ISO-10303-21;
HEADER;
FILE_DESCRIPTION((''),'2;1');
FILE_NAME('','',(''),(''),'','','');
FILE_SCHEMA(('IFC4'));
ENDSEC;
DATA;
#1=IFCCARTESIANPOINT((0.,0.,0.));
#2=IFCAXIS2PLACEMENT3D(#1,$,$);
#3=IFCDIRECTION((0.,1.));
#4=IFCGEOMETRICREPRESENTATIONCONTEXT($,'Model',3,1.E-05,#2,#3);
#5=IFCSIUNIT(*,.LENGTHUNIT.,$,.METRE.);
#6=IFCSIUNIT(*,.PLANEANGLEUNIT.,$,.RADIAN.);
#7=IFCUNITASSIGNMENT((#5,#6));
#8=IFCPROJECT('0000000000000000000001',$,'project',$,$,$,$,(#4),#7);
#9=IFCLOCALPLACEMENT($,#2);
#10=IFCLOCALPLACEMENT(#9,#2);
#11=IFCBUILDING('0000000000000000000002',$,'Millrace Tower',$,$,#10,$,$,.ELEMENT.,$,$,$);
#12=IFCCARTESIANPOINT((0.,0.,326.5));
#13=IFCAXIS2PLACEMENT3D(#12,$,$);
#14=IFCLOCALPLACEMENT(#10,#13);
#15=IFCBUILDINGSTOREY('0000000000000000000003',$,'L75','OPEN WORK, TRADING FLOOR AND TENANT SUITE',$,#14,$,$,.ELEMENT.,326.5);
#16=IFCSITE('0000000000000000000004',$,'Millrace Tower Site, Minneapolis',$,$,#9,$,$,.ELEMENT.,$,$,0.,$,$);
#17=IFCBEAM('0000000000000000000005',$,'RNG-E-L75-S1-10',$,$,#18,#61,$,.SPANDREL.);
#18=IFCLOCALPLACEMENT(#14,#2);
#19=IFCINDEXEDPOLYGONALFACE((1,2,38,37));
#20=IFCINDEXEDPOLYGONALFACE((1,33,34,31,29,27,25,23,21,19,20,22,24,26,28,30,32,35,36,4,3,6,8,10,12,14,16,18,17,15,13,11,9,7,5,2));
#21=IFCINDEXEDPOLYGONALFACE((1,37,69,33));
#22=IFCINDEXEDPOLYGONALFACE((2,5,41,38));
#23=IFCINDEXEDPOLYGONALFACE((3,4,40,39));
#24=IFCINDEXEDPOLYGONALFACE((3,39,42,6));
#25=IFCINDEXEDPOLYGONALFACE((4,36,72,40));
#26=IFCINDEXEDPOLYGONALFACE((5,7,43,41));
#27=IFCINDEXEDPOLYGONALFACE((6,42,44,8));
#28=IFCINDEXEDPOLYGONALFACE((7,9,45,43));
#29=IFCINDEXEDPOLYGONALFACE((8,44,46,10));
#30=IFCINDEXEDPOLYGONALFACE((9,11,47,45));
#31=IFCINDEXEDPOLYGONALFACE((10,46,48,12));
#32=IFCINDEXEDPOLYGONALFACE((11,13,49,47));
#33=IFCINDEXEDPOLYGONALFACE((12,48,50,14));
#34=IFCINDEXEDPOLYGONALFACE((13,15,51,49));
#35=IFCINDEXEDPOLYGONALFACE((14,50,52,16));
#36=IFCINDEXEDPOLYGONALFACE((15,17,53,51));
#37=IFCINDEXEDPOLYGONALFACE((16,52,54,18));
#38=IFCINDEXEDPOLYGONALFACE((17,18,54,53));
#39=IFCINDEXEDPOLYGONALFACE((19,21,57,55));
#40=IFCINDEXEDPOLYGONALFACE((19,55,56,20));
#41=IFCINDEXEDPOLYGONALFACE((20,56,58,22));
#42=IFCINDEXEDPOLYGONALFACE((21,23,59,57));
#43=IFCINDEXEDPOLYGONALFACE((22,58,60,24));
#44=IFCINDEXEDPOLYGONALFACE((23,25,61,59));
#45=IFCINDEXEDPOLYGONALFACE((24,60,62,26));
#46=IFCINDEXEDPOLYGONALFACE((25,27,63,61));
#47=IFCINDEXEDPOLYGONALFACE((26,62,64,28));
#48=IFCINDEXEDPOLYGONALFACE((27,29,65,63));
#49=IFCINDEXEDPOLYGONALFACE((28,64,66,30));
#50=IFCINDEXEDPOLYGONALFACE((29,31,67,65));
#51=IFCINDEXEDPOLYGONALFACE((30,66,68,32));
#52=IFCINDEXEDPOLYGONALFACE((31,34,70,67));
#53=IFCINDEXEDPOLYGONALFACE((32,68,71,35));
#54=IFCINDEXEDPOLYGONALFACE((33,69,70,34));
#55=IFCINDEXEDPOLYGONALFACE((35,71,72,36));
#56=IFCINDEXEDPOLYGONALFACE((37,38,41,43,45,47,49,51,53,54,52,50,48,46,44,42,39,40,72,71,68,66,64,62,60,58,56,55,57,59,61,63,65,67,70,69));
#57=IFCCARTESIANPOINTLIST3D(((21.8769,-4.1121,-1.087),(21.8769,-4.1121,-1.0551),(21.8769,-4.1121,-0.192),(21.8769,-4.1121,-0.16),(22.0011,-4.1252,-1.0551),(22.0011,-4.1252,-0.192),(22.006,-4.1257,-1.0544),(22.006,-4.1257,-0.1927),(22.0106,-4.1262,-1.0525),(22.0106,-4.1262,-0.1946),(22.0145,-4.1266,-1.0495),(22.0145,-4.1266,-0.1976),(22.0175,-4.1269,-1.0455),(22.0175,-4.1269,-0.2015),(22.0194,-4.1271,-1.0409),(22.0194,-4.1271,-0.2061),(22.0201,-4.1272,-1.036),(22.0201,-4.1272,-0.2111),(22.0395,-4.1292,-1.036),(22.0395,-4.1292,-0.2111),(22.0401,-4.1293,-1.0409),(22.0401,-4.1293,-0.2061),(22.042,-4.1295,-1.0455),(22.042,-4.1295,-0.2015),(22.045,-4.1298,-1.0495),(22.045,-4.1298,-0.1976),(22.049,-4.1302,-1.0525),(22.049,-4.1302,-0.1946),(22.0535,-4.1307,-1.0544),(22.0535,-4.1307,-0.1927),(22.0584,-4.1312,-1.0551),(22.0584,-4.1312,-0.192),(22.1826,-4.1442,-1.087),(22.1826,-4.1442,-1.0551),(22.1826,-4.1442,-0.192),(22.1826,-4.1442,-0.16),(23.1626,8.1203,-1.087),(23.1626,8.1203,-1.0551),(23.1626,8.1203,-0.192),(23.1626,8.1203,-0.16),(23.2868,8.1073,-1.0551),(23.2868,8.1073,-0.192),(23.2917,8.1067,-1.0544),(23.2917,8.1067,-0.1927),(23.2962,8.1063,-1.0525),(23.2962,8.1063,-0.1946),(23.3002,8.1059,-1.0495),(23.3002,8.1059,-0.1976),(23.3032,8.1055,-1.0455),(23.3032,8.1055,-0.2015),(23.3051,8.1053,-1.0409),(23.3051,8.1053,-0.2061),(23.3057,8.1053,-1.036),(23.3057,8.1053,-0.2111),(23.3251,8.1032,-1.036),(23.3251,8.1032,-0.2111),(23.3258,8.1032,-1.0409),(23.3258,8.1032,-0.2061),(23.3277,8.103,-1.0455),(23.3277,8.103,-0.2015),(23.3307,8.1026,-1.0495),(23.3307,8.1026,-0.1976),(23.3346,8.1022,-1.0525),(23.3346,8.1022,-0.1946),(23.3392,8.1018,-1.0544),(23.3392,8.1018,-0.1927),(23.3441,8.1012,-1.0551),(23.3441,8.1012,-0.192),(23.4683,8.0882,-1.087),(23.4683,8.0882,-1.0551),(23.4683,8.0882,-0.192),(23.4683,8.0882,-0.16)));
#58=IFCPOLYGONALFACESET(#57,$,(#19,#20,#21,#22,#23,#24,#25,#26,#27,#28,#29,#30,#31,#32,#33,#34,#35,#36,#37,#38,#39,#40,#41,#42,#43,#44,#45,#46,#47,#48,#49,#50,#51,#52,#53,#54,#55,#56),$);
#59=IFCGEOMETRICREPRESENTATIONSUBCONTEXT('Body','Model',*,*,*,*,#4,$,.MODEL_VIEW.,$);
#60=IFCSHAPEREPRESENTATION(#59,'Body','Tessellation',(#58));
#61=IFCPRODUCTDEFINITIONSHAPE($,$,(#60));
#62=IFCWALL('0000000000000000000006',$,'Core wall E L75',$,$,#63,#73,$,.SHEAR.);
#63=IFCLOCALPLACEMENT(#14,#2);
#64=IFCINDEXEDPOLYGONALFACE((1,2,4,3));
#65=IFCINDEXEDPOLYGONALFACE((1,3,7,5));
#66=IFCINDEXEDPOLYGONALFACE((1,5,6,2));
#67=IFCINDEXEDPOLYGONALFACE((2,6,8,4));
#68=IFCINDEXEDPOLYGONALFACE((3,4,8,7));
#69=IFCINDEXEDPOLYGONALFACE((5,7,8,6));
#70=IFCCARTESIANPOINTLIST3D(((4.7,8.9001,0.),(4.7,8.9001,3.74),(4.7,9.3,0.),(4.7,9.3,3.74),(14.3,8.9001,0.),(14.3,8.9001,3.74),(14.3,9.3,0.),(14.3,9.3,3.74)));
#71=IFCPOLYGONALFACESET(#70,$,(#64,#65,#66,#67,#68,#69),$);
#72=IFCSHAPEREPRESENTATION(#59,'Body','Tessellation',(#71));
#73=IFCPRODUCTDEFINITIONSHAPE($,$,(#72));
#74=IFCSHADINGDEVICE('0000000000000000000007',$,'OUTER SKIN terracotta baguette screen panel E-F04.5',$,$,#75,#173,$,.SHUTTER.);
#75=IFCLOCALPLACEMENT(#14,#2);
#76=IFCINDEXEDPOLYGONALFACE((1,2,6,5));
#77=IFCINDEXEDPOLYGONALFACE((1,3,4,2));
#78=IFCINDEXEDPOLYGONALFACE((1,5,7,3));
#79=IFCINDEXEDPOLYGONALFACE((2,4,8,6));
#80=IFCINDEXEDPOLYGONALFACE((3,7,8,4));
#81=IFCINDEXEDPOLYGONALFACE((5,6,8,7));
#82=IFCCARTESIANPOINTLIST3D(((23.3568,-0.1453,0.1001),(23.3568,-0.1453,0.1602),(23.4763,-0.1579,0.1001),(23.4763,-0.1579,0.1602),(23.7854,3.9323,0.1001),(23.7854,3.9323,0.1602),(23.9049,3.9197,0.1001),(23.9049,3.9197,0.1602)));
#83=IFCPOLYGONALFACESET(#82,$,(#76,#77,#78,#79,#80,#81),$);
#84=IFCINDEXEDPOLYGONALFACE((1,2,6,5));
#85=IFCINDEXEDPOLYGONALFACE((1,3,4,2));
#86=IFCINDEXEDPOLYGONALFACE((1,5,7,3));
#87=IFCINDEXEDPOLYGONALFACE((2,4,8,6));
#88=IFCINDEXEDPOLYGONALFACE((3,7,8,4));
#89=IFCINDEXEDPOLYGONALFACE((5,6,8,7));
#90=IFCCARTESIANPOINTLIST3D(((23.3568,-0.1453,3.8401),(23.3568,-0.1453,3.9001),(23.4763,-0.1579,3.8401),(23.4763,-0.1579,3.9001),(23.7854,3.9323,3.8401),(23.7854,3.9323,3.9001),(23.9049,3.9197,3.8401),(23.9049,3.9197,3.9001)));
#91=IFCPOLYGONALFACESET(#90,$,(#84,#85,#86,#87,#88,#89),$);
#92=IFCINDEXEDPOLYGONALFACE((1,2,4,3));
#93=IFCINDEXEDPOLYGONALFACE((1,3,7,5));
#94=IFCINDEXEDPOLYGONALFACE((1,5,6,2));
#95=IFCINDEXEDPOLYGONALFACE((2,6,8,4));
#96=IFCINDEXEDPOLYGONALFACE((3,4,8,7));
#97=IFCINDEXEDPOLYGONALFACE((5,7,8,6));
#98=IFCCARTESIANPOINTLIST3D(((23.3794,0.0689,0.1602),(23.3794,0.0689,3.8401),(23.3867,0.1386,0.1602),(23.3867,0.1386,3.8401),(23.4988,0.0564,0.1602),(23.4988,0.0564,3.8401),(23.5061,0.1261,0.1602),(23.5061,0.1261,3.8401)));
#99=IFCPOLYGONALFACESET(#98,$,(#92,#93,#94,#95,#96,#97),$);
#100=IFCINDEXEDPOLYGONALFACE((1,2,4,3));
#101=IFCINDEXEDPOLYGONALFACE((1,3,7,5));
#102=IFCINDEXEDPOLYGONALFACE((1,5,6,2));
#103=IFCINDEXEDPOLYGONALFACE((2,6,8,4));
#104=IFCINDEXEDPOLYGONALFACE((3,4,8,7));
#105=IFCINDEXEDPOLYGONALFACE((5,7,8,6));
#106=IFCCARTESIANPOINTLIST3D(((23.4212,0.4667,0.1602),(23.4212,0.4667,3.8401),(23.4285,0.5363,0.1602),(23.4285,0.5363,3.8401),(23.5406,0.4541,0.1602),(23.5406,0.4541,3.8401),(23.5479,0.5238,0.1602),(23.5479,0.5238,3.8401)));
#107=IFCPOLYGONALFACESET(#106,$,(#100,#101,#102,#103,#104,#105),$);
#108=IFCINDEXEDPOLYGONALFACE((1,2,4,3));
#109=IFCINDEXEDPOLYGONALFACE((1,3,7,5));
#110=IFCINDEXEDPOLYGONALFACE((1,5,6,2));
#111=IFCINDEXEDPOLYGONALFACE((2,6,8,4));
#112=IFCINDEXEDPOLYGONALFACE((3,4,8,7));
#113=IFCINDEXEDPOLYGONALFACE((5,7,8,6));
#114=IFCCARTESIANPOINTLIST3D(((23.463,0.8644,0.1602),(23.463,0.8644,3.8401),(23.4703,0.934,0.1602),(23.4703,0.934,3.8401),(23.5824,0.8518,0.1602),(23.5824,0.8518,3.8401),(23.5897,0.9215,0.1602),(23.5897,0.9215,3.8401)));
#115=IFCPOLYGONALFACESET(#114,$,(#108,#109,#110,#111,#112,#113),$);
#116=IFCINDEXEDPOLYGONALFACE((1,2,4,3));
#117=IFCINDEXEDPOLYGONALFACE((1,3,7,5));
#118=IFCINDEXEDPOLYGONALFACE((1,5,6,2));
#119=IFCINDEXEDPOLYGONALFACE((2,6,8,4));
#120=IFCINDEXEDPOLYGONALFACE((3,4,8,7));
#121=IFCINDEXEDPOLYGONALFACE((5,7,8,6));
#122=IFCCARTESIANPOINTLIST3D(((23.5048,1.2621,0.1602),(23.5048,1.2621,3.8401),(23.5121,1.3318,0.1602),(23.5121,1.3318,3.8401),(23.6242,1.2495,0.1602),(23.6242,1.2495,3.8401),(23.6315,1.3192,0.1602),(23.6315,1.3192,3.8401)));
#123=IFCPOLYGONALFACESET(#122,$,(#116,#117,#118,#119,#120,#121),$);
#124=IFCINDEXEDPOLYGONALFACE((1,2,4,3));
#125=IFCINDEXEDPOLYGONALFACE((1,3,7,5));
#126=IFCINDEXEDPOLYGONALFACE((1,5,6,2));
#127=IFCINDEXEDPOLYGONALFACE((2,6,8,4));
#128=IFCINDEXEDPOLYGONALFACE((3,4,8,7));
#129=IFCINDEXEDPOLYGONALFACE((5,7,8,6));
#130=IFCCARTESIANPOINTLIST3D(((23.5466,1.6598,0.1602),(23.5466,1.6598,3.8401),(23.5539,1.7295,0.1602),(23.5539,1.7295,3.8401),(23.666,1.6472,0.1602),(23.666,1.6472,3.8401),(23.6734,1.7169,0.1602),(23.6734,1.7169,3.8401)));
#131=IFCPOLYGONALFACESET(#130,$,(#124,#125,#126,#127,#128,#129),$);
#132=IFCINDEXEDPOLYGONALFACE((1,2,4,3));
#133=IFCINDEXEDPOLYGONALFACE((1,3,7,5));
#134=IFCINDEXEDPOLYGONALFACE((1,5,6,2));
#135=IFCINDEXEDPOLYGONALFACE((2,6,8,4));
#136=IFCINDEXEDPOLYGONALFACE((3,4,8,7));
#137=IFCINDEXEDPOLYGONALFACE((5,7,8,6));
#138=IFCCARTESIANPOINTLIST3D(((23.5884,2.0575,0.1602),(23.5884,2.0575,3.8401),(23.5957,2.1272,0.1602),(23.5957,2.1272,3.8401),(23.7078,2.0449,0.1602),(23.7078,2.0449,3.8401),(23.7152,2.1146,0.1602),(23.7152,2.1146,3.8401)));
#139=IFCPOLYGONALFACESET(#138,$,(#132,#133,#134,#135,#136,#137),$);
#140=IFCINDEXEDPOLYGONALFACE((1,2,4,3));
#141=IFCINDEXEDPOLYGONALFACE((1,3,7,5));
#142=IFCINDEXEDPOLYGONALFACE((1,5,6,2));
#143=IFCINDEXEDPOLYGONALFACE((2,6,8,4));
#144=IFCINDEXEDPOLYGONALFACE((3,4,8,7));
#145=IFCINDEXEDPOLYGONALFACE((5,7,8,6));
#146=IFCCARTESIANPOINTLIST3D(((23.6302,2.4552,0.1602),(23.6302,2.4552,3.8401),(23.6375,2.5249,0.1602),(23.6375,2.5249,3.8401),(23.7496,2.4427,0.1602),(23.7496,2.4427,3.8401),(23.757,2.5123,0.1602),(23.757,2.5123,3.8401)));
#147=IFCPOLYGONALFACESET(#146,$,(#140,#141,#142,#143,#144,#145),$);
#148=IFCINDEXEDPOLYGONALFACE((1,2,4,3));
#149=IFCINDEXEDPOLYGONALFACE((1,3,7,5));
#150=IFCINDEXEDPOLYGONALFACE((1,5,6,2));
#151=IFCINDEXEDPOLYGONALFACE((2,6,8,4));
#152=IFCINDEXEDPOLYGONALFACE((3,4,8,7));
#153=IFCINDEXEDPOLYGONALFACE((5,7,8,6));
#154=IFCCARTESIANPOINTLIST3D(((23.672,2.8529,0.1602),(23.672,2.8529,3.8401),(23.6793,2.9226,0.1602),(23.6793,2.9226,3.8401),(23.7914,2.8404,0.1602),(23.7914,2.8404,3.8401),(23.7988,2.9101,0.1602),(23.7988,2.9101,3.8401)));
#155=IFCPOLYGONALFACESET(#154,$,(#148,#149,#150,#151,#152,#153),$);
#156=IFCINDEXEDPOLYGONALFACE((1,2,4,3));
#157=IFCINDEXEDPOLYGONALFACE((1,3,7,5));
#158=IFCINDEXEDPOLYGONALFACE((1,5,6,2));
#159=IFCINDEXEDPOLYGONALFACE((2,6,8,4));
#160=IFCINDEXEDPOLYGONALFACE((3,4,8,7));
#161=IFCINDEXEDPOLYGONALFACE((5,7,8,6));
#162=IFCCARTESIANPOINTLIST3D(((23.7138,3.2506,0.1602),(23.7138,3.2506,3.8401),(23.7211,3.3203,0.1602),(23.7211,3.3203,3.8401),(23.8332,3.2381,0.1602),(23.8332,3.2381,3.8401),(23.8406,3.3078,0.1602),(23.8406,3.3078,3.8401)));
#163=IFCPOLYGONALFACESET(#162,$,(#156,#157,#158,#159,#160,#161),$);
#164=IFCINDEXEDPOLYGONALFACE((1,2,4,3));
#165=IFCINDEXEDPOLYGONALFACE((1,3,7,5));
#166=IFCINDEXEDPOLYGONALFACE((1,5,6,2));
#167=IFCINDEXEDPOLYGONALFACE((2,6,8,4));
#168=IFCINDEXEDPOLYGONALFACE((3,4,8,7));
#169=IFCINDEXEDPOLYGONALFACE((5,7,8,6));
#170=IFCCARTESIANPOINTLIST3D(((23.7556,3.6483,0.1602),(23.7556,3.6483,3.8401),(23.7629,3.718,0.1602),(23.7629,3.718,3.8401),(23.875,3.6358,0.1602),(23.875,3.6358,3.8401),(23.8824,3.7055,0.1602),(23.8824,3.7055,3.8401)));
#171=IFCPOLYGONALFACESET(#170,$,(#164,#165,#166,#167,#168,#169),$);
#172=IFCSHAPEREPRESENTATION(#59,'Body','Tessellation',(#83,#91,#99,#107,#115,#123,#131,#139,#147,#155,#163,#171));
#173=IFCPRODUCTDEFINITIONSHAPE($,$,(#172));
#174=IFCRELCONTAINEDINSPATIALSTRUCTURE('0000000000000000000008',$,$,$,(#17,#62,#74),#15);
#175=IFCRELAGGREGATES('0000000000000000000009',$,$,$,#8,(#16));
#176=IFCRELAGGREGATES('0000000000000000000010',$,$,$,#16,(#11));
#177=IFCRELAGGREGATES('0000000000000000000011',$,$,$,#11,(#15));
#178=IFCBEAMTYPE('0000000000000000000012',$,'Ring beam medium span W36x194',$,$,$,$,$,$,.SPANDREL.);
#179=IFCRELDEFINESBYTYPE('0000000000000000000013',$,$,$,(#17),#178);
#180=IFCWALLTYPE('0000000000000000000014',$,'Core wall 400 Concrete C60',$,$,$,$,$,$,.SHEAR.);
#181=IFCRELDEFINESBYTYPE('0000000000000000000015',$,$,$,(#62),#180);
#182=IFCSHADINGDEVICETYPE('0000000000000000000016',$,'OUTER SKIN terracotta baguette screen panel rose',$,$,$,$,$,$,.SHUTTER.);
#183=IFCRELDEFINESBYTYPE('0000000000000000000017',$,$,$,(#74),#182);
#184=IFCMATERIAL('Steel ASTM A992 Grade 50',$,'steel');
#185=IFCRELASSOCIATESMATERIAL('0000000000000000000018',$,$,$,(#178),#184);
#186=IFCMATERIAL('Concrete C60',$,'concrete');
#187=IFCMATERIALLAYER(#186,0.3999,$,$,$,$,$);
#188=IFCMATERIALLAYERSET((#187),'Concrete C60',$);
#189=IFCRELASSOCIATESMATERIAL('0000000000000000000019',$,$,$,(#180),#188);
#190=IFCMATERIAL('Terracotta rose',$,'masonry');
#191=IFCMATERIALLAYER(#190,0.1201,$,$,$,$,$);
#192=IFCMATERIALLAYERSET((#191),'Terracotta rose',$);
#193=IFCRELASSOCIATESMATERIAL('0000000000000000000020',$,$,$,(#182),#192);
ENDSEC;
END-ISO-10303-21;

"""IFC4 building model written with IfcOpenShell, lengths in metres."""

from ifc_helpers import new_model, entity, si_unit, direction, frame, frame_2d, origin, origin_2d, place, context, subcontext, project, spatial, rectangle, i_section, extrude, source, transform, mapped, material, layer, layer_set, material_profile, profile_set, type_object, element, save


model = new_model("IFC4")

# Units and contexts
model_context = context("Model", 3, precision=1e-05, world=origin(), true_north=direction((0.0, 1.0)))
body_context = subcontext(model_context, "Body", "Model", "MODEL_VIEW")
ifc_project = project(units=[si_unit("LENGTHUNIT", "METRE"), si_unit("PLANEANGLEUNIT", "RADIAN")], contexts=[model_context])

# Site, building, storey
site_placement = place(None, origin())
site = spatial("IfcSite", under=ifc_project, at=site_placement, Name="Millrace Tower Site, Minneapolis", CompositionType="ELEMENT", RefElevation=0.0)
building_placement = place(site_placement, origin())
building = spatial("IfcBuilding", under=site, at=building_placement, Name="Millrace Tower", CompositionType="ELEMENT")
storey_placement = place(building_placement, frame((0.0, 0.0, 326.5)))
storey = spatial("IfcBuildingStorey", under=building, at=storey_placement, Name="L75", Description="OPEN WORK, TRADING FLOOR AND TENANT SUITE", CompositionType="ELEMENT", Elevation=326.5)

# Beam
ifc_material_1 = material(Name="Steel ASTM A992 Grade 50", Category="steel")
ifc_material_profile_1 = material_profile(ifc_material_1, i_section(OverallWidth=0.3074, OverallDepth=0.927, WebThickness=0.0195, FlangeThickness=0.032, FilletRadius=0.019, at=origin_2d()))
ifc_profile_set_1 = profile_set([ifc_material_profile_1], Name="Steel ASTM A992 Grade 50")
beam_type_1 = type_object("IfcBeamType", Name="Ring beam medium span W36x194", PredefinedType="SPANDREL", material=ifc_profile_set_1)
beam_1_placement = place(storey_placement, frame((23.3154, 8.1042, -0.6235), z_axis=(-0.104526, -0.994522, 0.0), x_axis=(0.994522, -0.104526, 0.0)))
element("IfcBeam", 1, at=beam_1_placement, inside=storey, type_object=beam_type_1, Name="RNG-E-L75-S1-10", PredefinedType="SPANDREL", context=body_context, shape_type="SweptSolid", body=[
    extrude(i_section(OverallWidth=0.3074, OverallDepth=0.927, WebThickness=0.0195, FlangeThickness=0.032, FilletRadius=0.019, at=origin_2d()), origin(), (0.0, 0.0, 1.0), 12.2998),
])

# Wall
ifc_material_2 = material(Name="Concrete C60", Category="concrete")
ifc_layer_1 = layer(ifc_material_2, 0.3999)
ifc_layer_set_1 = layer_set([ifc_layer_1], Name="Concrete C60")
wall_type = type_object("IfcWallType", Name="Core wall 400 Concrete C60", PredefinedType="SHEAR", material=ifc_layer_set_1)
wall_placement = place(storey_placement, frame((14.3, 9.1001, 0.0), z_axis=(0.0, 0.0, 1.0), x_axis=(-1.0, 0.0, 0.0)))
element("IfcWall", 2, at=wall_placement, inside=storey, type_object=wall_type, Name="Core wall E L75", PredefinedType="SHEAR", context=body_context, shape_type="SweptSolid", body=[
    extrude(rectangle(XDim=9.6001, YDim=0.3999, at=frame_2d((4.8, 0.0))), origin(), (0.0, 0.0, 1.0), 3.74),
])

# Shading device
ifc_material_3 = material(Name="Terracotta rose", Category="masonry")
ifc_layer_2 = layer(ifc_material_3, 0.1201)
ifc_layer_set_2 = layer_set([ifc_layer_2], Name="Terracotta rose")
shading_device_type = type_object("IfcShadingDeviceType", Name="OUTER SKIN terracotta baguette screen panel rose", PredefinedType="SHUTTER", material=ifc_layer_set_2)
cartesian_point = entity("IfcCartesianPoint", [-2.05, 0.0601])
shared_polyline = entity("IfcPolyline", [cartesian_point, entity("IfcCartesianPoint", [2.05, 0.0601]), entity("IfcCartesianPoint", [2.05, -0.0601]), entity("IfcCartesianPoint", [-2.05, -0.0601]), cartesian_point])
shared_shape = source(origin(), body_context, "Body", "SweptSolid", [
    entity("IfcExtrudedAreaSolid", entity("IfcArbitraryClosedProfileDef", "AREA", None, shared_polyline), entity("IfcAxis2Placement3D", entity("IfcCartesianPoint", [0.0, 0.0, 0.0])), entity("IfcDirection", [0.0, 0.0, 1.0]), 0.0601),
    entity("IfcExtrudedAreaSolid", entity("IfcArbitraryClosedProfileDef", "AREA", None, shared_polyline), entity("IfcAxis2Placement3D", entity("IfcCartesianPoint", [0.0, 0.0, 3.74])), entity("IfcDirection", [0.0, 0.0, 1.0]), 0.0601),
    extrude(rectangle(XDim=0.0701, YDim=0.1201, at=frame_2d((-1.7996, 0.0))), frame((0.0, 0.0, 0.0601)), (0.0, 0.0, 1.0), 3.6799),
    extrude(rectangle(XDim=0.0701, YDim=0.1201, at=frame_2d((-1.3997, 0.0))), frame((0.0, 0.0, 0.0601)), (0.0, 0.0, 1.0), 3.6799),
    extrude(rectangle(XDim=0.0701, YDim=0.1201, at=frame_2d((-0.9998, 0.0))), frame((0.0, 0.0, 0.0601)), (0.0, 0.0, 1.0), 3.6799),
    extrude(rectangle(XDim=0.0701, YDim=0.1201, at=frame_2d((-0.5999, 0.0))), frame((0.0, 0.0, 0.0601)), (0.0, 0.0, 1.0), 3.6799),
    extrude(rectangle(XDim=0.0701, YDim=0.1201, at=frame_2d((-0.2, 0.0))), frame((0.0, 0.0, 0.0601)), (0.0, 0.0, 1.0), 3.6799),
    extrude(rectangle(XDim=0.0701, YDim=0.1201, at=frame_2d((0.2, 0.0))), frame((0.0, 0.0, 0.0601)), (0.0, 0.0, 1.0), 3.6799),
    extrude(rectangle(XDim=0.0701, YDim=0.1201, at=frame_2d((0.5999, 0.0))), frame((0.0, 0.0, 0.0601)), (0.0, 0.0, 1.0), 3.6799),
    extrude(rectangle(XDim=0.0701, YDim=0.1201, at=frame_2d((0.9998, 0.0))), frame((0.0, 0.0, 0.0601)), (0.0, 0.0, 1.0), 3.6799),
    extrude(rectangle(XDim=0.0701, YDim=0.1201, at=frame_2d((1.3997, 0.0))), frame((0.0, 0.0, 0.0601)), (0.0, 0.0, 1.0), 3.6799),
    extrude(rectangle(XDim=0.0701, YDim=0.1201, at=frame_2d((1.7996, 0.0))), frame((0.0, 0.0, 0.0601)), (0.0, 0.0, 1.0), 3.6799),
])
for number, where, z_axis, x_axis, name in (
    (3, (23.6309, 1.8872, 0.1001), (0.0, 0.0, 1.0), (0.104528, 0.994522, 0.0), "OUTER SKIN terracotta baguette screen panel E-F04.5"),
):
    element("IfcShadingDevice", number, at=place(storey_placement, frame(where, z_axis=z_axis, x_axis=x_axis)), inside=storey, type_object=shading_device_type, Name=name, PredefinedType="SHUTTER", context=body_context, shape_type="MappedRepresentation", body=[
        mapped(shared_shape, transform((0.0, 0.0, 0.0), scale=1.0)),
    ])

save(model, "model.ifc")
